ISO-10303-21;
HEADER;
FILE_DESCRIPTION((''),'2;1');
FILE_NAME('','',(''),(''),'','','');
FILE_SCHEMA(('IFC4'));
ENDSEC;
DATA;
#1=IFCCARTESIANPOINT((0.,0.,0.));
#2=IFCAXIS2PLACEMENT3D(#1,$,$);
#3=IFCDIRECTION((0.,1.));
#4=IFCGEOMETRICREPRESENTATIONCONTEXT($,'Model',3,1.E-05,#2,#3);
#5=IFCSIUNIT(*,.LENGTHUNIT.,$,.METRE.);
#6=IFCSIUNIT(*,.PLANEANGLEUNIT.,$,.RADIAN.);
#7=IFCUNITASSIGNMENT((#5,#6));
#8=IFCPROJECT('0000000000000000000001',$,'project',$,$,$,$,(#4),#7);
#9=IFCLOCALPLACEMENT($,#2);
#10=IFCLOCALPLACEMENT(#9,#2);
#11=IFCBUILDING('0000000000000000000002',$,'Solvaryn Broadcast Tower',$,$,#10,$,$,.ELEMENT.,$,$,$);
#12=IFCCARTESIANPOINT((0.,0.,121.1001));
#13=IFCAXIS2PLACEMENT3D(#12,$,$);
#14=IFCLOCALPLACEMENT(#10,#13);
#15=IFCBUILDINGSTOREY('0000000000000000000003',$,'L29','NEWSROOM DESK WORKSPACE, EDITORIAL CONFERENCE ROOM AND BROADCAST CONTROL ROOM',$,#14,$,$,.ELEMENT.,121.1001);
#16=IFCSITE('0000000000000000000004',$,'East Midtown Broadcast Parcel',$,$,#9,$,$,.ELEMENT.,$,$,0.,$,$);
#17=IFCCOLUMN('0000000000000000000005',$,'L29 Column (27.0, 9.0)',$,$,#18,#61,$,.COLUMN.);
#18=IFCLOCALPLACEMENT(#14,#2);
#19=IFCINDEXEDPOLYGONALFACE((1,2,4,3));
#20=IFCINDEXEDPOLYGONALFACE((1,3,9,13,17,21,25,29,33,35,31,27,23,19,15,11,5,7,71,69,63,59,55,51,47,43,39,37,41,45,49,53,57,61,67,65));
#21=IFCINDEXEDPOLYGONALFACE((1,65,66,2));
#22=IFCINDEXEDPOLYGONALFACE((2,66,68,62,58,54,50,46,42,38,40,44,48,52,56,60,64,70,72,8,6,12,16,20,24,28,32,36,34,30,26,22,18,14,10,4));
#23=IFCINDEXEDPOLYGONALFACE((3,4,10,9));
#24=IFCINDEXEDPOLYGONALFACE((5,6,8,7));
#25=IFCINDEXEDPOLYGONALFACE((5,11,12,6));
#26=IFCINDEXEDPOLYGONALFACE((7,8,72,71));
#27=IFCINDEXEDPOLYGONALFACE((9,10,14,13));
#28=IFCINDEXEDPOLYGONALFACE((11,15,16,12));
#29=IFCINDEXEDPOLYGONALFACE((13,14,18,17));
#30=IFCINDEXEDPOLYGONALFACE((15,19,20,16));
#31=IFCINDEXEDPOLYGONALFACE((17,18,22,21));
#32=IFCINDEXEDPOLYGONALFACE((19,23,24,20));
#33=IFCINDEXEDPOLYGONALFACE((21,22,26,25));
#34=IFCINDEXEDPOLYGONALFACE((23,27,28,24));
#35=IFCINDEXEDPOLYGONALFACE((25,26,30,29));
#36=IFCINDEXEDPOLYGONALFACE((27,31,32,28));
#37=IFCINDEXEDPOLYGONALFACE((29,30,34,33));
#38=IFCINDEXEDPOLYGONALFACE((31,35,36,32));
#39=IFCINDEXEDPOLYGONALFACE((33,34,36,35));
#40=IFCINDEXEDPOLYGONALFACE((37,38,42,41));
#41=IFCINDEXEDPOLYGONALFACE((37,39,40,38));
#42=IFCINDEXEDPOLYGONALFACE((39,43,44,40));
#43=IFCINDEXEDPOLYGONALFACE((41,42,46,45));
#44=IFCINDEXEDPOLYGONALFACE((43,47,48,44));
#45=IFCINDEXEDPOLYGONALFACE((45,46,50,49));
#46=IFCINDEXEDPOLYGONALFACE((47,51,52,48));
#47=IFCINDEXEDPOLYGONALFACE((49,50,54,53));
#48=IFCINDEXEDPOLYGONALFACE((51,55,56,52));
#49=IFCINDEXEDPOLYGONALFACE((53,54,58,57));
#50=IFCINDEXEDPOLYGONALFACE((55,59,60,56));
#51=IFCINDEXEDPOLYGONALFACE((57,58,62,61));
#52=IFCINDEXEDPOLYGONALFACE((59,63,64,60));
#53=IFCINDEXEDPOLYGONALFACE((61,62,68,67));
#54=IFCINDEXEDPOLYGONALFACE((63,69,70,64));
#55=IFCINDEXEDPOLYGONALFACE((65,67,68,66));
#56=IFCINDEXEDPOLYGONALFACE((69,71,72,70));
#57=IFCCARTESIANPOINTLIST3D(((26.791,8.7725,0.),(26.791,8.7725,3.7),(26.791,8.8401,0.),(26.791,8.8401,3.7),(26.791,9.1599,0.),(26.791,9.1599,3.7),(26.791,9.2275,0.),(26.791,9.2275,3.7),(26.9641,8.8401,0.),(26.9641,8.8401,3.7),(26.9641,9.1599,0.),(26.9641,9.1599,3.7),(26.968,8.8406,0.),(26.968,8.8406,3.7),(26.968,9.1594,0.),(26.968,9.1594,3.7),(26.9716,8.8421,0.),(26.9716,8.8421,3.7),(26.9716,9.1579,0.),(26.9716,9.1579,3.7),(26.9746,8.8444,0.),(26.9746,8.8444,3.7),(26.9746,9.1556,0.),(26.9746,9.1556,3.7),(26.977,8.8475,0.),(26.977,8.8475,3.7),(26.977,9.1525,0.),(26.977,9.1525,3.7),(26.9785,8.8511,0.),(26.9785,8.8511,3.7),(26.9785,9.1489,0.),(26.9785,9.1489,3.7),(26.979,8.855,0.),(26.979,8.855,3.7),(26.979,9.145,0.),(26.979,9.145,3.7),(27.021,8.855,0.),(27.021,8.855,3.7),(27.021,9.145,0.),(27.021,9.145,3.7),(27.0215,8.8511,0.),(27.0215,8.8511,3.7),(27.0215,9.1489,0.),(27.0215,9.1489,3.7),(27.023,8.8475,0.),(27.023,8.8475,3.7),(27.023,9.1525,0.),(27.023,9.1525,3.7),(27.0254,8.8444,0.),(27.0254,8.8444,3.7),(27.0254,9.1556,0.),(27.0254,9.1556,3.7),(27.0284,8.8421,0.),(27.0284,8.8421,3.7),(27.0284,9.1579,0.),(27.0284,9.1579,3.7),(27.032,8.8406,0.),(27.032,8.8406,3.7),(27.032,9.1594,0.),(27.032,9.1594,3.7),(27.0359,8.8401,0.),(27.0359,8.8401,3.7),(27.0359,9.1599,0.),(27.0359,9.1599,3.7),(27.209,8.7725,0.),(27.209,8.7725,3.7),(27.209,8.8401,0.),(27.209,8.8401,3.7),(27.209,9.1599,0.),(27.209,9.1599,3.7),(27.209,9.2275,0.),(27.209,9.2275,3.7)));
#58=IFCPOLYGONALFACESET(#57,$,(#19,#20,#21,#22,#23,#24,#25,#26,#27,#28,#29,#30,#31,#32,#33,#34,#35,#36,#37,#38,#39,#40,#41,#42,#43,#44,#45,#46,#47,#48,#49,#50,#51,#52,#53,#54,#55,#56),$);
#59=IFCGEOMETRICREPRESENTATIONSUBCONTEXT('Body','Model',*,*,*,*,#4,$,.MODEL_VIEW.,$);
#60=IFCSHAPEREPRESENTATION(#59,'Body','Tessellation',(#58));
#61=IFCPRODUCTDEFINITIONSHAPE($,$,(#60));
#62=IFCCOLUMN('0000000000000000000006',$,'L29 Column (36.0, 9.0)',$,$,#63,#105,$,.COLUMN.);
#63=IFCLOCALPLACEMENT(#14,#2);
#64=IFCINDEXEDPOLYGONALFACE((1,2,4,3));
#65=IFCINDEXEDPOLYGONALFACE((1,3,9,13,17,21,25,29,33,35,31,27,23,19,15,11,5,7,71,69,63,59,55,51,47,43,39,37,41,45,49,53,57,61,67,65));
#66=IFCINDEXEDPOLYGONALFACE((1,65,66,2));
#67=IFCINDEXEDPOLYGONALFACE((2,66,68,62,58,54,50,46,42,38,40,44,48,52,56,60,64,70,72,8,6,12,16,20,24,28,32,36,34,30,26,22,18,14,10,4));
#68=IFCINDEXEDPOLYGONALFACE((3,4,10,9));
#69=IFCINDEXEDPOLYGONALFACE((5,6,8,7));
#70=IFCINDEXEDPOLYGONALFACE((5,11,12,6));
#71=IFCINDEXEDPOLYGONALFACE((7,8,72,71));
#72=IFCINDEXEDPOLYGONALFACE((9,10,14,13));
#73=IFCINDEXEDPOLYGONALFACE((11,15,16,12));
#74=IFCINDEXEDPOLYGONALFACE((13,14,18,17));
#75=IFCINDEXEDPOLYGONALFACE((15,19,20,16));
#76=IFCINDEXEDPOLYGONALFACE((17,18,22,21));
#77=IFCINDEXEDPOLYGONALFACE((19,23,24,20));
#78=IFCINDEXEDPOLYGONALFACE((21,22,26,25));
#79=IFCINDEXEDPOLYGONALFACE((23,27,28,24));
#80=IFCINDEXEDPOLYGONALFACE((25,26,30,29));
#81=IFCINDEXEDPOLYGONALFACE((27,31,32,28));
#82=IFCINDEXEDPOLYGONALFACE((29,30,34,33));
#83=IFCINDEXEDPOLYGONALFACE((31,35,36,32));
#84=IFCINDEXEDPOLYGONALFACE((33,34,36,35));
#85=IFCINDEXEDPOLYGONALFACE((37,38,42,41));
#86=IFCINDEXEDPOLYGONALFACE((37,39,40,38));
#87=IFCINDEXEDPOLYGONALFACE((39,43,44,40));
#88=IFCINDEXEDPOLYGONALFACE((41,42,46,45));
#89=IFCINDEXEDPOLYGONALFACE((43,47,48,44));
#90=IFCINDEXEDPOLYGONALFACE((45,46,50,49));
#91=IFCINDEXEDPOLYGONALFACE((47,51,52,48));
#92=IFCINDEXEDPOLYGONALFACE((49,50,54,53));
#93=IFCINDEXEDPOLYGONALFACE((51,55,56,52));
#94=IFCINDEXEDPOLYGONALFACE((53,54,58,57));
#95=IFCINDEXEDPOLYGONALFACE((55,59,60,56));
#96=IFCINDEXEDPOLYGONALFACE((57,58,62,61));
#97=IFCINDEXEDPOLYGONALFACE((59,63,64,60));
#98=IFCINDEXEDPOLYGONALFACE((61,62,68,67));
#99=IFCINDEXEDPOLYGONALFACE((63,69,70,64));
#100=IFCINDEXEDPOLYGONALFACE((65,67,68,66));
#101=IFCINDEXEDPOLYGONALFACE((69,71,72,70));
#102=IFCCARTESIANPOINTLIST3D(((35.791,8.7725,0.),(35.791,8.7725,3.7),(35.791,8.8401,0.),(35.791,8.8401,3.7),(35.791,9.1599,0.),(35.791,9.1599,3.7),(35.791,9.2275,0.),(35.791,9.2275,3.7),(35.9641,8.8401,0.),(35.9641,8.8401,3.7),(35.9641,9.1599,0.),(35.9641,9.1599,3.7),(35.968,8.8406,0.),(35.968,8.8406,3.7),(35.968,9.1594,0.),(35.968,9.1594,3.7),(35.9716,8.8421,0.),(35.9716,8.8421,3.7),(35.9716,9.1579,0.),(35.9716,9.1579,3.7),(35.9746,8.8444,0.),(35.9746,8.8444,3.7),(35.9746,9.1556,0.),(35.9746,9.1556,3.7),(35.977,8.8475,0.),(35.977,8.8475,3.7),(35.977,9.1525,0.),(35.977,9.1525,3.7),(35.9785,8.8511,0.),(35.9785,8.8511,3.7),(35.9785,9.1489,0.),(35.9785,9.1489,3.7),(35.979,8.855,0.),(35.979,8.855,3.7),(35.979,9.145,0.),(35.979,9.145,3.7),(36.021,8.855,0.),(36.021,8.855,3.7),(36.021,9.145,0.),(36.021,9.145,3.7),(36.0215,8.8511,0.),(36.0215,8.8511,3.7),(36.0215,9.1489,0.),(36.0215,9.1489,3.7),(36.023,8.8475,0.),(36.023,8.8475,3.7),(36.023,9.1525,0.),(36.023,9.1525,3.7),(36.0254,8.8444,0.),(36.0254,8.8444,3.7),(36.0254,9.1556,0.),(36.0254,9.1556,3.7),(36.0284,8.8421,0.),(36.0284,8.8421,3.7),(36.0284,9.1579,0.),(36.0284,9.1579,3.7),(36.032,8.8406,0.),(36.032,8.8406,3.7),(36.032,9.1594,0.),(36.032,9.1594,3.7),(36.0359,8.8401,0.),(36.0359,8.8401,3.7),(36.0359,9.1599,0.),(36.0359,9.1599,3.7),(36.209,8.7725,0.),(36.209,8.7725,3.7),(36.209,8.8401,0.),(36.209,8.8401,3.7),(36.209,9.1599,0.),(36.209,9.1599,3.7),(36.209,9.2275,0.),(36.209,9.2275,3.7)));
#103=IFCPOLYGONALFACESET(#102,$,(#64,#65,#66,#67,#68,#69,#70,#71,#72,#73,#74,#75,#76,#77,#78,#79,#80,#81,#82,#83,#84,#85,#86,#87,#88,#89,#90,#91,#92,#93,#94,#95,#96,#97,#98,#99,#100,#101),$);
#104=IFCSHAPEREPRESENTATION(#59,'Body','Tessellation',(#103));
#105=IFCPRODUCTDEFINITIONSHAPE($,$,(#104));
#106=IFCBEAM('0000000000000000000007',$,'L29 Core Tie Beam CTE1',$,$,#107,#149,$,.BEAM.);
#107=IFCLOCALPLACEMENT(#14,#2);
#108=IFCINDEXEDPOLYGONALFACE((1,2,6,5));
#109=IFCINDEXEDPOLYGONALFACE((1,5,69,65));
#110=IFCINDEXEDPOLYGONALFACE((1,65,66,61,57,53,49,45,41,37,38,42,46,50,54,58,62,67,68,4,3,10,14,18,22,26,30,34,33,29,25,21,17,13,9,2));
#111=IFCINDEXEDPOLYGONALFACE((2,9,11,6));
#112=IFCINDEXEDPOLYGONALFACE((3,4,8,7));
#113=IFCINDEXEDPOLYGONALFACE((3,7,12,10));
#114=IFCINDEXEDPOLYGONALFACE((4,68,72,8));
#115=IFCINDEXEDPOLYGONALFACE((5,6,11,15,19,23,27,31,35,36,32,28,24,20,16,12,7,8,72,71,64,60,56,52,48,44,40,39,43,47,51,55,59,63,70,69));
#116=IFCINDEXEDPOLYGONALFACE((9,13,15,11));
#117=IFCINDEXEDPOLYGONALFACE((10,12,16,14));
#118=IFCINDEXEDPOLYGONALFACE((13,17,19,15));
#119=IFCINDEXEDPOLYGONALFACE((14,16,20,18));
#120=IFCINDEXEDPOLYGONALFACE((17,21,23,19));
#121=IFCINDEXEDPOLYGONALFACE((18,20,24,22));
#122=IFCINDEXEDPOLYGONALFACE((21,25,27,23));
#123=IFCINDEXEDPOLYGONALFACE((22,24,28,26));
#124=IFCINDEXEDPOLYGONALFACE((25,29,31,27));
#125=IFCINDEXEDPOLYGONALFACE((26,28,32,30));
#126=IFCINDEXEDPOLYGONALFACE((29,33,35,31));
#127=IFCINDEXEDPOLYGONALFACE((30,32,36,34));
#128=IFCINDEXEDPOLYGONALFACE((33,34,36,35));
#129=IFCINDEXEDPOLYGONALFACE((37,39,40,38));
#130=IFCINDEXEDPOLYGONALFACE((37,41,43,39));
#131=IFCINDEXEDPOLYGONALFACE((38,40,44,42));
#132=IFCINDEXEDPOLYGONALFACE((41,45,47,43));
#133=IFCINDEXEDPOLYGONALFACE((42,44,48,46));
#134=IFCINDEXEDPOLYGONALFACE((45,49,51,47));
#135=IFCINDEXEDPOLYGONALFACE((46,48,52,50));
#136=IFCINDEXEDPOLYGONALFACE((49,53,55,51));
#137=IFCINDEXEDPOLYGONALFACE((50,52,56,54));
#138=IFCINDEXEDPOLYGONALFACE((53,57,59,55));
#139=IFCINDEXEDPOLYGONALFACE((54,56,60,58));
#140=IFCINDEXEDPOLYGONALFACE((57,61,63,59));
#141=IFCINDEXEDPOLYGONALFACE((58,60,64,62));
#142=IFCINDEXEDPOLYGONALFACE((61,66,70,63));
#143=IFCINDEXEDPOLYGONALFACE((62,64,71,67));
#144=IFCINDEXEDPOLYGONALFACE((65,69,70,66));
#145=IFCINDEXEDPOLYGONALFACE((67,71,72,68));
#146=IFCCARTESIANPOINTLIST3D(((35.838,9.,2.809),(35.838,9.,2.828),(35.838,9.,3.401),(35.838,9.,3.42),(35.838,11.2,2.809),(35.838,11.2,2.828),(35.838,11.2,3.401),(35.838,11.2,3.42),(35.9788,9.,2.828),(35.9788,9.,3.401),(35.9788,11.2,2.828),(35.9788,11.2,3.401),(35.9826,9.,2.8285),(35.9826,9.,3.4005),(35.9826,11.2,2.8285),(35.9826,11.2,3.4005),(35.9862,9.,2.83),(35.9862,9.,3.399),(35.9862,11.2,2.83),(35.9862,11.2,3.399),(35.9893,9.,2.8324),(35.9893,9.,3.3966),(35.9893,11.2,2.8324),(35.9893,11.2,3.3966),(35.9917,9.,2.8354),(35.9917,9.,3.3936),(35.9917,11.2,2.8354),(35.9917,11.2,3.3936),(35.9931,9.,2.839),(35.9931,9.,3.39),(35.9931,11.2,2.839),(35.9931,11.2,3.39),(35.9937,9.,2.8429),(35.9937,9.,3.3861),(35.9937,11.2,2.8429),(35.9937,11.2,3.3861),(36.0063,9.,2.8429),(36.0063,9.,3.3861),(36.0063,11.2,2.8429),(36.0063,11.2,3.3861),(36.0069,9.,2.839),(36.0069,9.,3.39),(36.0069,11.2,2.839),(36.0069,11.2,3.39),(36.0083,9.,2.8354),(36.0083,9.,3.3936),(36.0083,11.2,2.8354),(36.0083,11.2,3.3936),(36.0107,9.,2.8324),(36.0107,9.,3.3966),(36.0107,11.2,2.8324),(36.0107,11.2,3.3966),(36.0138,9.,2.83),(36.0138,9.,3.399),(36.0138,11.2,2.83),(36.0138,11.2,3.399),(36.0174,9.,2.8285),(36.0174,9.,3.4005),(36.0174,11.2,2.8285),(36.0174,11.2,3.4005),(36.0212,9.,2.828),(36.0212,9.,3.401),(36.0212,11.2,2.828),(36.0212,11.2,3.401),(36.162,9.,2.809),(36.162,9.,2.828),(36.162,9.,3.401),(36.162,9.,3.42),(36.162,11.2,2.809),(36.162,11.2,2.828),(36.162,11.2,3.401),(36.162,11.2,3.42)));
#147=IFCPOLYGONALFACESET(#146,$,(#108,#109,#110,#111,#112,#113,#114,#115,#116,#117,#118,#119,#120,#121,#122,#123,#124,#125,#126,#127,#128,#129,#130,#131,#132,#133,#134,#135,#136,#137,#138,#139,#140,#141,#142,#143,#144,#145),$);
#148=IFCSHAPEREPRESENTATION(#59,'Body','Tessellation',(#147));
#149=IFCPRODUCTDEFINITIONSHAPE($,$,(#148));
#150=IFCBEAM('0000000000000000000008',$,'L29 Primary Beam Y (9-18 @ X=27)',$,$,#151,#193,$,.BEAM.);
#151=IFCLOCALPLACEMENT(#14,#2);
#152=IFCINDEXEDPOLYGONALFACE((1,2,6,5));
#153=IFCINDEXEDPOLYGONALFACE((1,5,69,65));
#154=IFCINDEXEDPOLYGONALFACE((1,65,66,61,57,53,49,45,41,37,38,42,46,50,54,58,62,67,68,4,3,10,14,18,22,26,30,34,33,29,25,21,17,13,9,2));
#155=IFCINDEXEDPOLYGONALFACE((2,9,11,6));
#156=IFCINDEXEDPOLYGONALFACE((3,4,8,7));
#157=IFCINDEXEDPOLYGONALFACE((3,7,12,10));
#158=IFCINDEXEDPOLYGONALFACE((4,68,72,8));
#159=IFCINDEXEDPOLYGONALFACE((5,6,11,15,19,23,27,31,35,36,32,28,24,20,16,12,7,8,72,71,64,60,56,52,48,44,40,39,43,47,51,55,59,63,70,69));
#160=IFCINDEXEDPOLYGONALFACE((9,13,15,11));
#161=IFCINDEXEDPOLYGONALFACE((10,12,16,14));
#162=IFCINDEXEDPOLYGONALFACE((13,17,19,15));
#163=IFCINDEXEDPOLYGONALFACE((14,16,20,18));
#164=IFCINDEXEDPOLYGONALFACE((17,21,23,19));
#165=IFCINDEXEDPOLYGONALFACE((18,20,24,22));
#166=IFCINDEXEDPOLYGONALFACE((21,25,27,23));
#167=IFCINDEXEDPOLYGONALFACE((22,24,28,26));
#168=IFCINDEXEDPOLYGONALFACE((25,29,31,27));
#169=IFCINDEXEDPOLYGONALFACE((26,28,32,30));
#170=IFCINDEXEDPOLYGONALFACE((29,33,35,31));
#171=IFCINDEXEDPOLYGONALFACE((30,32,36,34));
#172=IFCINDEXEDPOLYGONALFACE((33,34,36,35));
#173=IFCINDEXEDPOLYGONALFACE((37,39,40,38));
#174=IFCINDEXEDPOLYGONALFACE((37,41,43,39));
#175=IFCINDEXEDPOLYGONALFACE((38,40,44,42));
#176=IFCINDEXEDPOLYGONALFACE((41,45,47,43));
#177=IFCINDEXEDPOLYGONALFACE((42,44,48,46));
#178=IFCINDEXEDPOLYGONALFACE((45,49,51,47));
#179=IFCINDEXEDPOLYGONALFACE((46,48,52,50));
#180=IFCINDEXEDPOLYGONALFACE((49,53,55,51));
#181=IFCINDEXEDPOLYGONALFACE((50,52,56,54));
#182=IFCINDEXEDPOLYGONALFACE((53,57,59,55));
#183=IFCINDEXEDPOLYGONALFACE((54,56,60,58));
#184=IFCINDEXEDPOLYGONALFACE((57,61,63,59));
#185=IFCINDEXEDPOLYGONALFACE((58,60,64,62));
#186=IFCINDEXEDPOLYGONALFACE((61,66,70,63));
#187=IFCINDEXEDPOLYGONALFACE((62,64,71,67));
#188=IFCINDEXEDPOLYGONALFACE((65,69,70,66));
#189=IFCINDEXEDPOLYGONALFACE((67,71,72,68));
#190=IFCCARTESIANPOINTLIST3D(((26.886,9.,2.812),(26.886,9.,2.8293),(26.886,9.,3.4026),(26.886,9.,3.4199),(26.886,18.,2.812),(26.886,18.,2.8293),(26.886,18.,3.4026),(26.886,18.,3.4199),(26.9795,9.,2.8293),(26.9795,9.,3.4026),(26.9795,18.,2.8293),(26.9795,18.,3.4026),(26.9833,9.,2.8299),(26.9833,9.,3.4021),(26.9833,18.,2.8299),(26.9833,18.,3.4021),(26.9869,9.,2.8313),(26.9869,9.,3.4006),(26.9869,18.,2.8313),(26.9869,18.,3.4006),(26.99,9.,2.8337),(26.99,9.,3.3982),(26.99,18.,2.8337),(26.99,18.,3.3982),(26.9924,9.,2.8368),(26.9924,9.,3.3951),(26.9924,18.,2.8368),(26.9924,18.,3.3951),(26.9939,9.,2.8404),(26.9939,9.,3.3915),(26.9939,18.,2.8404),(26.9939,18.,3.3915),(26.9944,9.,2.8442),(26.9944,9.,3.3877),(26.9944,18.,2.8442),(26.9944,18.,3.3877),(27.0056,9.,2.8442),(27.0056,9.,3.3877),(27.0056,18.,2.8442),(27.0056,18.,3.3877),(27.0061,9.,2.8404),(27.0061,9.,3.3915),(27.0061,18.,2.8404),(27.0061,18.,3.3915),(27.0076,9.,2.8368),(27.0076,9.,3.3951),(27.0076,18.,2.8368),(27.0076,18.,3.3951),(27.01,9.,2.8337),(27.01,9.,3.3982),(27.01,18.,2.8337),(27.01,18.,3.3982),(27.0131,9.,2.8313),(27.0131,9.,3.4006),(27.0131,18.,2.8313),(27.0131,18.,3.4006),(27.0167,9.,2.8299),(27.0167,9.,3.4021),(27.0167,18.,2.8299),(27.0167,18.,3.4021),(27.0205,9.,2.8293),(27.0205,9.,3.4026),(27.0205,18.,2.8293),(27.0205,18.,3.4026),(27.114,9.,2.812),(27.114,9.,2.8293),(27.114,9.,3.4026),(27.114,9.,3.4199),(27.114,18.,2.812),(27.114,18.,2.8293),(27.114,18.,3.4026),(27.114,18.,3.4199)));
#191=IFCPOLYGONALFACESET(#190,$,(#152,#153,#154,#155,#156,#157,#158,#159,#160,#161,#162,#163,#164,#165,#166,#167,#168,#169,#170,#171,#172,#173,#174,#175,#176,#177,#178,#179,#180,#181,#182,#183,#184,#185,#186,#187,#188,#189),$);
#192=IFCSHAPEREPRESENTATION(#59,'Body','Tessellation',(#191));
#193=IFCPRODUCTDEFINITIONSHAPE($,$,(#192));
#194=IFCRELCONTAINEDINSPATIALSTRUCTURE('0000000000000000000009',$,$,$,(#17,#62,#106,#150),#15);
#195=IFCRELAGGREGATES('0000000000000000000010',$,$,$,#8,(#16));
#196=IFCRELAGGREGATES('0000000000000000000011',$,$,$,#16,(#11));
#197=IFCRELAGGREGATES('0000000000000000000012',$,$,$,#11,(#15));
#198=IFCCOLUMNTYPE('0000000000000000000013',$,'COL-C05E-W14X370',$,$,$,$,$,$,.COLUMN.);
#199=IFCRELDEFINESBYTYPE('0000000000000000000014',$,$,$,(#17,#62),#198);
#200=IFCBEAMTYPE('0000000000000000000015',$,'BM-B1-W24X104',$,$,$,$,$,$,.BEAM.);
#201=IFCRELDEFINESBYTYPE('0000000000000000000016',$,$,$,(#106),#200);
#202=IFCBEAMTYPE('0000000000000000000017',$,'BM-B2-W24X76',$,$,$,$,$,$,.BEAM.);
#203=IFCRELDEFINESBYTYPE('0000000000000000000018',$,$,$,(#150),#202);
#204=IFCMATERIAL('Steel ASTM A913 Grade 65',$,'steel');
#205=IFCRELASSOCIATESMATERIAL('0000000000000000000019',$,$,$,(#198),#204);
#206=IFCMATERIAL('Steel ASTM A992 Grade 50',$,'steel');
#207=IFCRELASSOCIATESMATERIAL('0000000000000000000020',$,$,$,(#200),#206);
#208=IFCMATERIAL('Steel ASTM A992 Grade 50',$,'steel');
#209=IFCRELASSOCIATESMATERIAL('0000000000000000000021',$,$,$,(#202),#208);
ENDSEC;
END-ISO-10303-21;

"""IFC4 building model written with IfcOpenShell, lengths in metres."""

from ifc_helpers import new_model, si_unit, direction, frame, origin, origin_2d, place, context, subcontext, project, spatial, i_section, extrude, material, material_profile, profile_set, type_object, element, save


model = new_model("IFC4")

# Units and contexts
model_context = context("Model", 3, precision=1e-05, world=origin(), true_north=direction((0.0, 1.0)))
body_context = subcontext(model_context, "Body", "Model", "MODEL_VIEW")
ifc_project = project(units=[si_unit("LENGTHUNIT", "METRE"), si_unit("PLANEANGLEUNIT", "RADIAN")], contexts=[model_context])

# Site, building, storey
site_placement = place(None, origin())
site = spatial("IfcSite", under=ifc_project, at=site_placement, Name="East Midtown Broadcast Parcel", CompositionType="ELEMENT", RefElevation=0.0)
building_placement = place(site_placement, origin())
building = spatial("IfcBuilding", under=site, at=building_placement, Name="Solvaryn Broadcast Tower", CompositionType="ELEMENT")
storey_placement = place(building_placement, frame((0.0, 0.0, 121.1001)))
storey = spatial("IfcBuildingStorey", under=building, at=storey_placement, Name="L29", Description="NEWSROOM DESK WORKSPACE, EDITORIAL CONFERENCE ROOM AND BROADCAST CONTROL ROOM", CompositionType="ELEMENT", Elevation=121.1001)

# Columns
ifc_material_1 = material(Name="Steel ASTM A913 Grade 65", Category="steel")
ifc_material_profile_1 = material_profile(ifc_material_1, i_section(OverallWidth=0.418, OverallDepth=0.4551, WebThickness=0.042, FlangeThickness=0.0676, FilletRadius=0.0149, at=origin_2d()))
ifc_profile_set_1 = profile_set([ifc_material_profile_1], Name="Steel ASTM A913 Grade 65")
column_type = type_object("IfcColumnType", Name="COL-C05E-W14X370", PredefinedType="COLUMN", material=ifc_profile_set_1)
for number, where, z_axis, x_axis, name in (
    (1, (27.0, 9.0, 0.0), (0.0, 0.0, 1.0), (1.0, 0.0, 0.0), "L29 Column (27.0, 9.0)"),
    (2, (36.0, 9.0, 0.0), (0.0, 0.0, 1.0), (1.0, 0.0, 0.0), "L29 Column (36.0, 9.0)"),
):
    element("IfcColumn", number, at=place(storey_placement, frame(where, z_axis=z_axis, x_axis=x_axis)), inside=storey, type_object=column_type, Name=name, PredefinedType="COLUMN", context=body_context, shape_type="SweptSolid", body=[
        extrude(i_section(OverallWidth=0.418, OverallDepth=0.4551, WebThickness=0.042, FlangeThickness=0.0676, FilletRadius=0.0149, at=origin_2d()), origin(), (0.0, 0.0, 1.0), 3.7),
    ])

# Beams
ifc_material_2 = material(Name="Steel ASTM A992 Grade 50", Category="steel")
ifc_material_profile_2 = material_profile(ifc_material_2, i_section(OverallWidth=0.324, OverallDepth=0.6111, WebThickness=0.0127, FlangeThickness=0.019, FilletRadius=0.0149, at=origin_2d()))
ifc_profile_set_2 = profile_set([ifc_material_profile_2], Name="Steel ASTM A992 Grade 50")
beam_type_1 = type_object("IfcBeamType", Name="BM-B1-W24X104", PredefinedType="BEAM", material=ifc_profile_set_2)
beam_1_placement = place(storey_placement, frame((36.0, 9.0, 3.1145), z_axis=(0.0, 1.0, 0.0), x_axis=(-1.0, 0.0, 0.0)))
element("IfcBeam", 3, at=beam_1_placement, inside=storey, type_object=beam_type_1, Name="L29 Core Tie Beam CTE1", PredefinedType="BEAM", context=body_context, shape_type="SweptSolid", body=[
    extrude(i_section(OverallWidth=0.324, OverallDepth=0.6111, WebThickness=0.0127, FlangeThickness=0.019, FilletRadius=0.0149, at=origin_2d()), origin(), (0.0, 0.0, 1.0), 2.2),
])
ifc_material_3 = material(Name="Steel ASTM A992 Grade 50", Category="steel")
ifc_material_profile_3 = material_profile(ifc_material_3, i_section(OverallWidth=0.228, OverallDepth=0.6079, WebThickness=0.0112, FlangeThickness=0.0173, FilletRadius=0.0149, at=origin_2d()))
ifc_profile_set_3 = profile_set([ifc_material_profile_3], Name="Steel ASTM A992 Grade 50")
beam_type_2 = type_object("IfcBeamType", Name="BM-B2-W24X76", PredefinedType="BEAM", material=ifc_profile_set_3)
beam_2_placement = place(storey_placement, frame((27.0, 9.0, 3.116), z_axis=(0.0, 1.0, 0.0), x_axis=(-1.0, 0.0, 0.0)))
element("IfcBeam", 4, at=beam_2_placement, inside=storey, type_object=beam_type_2, Name="L29 Primary Beam Y (9-18 @ X=27)", PredefinedType="BEAM", context=body_context, shape_type="SweptSolid", body=[
    extrude(i_section(OverallWidth=0.228, OverallDepth=0.6079, WebThickness=0.0112, FlangeThickness=0.0173, FilletRadius=0.0149, at=origin_2d()), origin(), (0.0, 0.0, 1.0), 9.0),
])

save(model, "model.ifc")
